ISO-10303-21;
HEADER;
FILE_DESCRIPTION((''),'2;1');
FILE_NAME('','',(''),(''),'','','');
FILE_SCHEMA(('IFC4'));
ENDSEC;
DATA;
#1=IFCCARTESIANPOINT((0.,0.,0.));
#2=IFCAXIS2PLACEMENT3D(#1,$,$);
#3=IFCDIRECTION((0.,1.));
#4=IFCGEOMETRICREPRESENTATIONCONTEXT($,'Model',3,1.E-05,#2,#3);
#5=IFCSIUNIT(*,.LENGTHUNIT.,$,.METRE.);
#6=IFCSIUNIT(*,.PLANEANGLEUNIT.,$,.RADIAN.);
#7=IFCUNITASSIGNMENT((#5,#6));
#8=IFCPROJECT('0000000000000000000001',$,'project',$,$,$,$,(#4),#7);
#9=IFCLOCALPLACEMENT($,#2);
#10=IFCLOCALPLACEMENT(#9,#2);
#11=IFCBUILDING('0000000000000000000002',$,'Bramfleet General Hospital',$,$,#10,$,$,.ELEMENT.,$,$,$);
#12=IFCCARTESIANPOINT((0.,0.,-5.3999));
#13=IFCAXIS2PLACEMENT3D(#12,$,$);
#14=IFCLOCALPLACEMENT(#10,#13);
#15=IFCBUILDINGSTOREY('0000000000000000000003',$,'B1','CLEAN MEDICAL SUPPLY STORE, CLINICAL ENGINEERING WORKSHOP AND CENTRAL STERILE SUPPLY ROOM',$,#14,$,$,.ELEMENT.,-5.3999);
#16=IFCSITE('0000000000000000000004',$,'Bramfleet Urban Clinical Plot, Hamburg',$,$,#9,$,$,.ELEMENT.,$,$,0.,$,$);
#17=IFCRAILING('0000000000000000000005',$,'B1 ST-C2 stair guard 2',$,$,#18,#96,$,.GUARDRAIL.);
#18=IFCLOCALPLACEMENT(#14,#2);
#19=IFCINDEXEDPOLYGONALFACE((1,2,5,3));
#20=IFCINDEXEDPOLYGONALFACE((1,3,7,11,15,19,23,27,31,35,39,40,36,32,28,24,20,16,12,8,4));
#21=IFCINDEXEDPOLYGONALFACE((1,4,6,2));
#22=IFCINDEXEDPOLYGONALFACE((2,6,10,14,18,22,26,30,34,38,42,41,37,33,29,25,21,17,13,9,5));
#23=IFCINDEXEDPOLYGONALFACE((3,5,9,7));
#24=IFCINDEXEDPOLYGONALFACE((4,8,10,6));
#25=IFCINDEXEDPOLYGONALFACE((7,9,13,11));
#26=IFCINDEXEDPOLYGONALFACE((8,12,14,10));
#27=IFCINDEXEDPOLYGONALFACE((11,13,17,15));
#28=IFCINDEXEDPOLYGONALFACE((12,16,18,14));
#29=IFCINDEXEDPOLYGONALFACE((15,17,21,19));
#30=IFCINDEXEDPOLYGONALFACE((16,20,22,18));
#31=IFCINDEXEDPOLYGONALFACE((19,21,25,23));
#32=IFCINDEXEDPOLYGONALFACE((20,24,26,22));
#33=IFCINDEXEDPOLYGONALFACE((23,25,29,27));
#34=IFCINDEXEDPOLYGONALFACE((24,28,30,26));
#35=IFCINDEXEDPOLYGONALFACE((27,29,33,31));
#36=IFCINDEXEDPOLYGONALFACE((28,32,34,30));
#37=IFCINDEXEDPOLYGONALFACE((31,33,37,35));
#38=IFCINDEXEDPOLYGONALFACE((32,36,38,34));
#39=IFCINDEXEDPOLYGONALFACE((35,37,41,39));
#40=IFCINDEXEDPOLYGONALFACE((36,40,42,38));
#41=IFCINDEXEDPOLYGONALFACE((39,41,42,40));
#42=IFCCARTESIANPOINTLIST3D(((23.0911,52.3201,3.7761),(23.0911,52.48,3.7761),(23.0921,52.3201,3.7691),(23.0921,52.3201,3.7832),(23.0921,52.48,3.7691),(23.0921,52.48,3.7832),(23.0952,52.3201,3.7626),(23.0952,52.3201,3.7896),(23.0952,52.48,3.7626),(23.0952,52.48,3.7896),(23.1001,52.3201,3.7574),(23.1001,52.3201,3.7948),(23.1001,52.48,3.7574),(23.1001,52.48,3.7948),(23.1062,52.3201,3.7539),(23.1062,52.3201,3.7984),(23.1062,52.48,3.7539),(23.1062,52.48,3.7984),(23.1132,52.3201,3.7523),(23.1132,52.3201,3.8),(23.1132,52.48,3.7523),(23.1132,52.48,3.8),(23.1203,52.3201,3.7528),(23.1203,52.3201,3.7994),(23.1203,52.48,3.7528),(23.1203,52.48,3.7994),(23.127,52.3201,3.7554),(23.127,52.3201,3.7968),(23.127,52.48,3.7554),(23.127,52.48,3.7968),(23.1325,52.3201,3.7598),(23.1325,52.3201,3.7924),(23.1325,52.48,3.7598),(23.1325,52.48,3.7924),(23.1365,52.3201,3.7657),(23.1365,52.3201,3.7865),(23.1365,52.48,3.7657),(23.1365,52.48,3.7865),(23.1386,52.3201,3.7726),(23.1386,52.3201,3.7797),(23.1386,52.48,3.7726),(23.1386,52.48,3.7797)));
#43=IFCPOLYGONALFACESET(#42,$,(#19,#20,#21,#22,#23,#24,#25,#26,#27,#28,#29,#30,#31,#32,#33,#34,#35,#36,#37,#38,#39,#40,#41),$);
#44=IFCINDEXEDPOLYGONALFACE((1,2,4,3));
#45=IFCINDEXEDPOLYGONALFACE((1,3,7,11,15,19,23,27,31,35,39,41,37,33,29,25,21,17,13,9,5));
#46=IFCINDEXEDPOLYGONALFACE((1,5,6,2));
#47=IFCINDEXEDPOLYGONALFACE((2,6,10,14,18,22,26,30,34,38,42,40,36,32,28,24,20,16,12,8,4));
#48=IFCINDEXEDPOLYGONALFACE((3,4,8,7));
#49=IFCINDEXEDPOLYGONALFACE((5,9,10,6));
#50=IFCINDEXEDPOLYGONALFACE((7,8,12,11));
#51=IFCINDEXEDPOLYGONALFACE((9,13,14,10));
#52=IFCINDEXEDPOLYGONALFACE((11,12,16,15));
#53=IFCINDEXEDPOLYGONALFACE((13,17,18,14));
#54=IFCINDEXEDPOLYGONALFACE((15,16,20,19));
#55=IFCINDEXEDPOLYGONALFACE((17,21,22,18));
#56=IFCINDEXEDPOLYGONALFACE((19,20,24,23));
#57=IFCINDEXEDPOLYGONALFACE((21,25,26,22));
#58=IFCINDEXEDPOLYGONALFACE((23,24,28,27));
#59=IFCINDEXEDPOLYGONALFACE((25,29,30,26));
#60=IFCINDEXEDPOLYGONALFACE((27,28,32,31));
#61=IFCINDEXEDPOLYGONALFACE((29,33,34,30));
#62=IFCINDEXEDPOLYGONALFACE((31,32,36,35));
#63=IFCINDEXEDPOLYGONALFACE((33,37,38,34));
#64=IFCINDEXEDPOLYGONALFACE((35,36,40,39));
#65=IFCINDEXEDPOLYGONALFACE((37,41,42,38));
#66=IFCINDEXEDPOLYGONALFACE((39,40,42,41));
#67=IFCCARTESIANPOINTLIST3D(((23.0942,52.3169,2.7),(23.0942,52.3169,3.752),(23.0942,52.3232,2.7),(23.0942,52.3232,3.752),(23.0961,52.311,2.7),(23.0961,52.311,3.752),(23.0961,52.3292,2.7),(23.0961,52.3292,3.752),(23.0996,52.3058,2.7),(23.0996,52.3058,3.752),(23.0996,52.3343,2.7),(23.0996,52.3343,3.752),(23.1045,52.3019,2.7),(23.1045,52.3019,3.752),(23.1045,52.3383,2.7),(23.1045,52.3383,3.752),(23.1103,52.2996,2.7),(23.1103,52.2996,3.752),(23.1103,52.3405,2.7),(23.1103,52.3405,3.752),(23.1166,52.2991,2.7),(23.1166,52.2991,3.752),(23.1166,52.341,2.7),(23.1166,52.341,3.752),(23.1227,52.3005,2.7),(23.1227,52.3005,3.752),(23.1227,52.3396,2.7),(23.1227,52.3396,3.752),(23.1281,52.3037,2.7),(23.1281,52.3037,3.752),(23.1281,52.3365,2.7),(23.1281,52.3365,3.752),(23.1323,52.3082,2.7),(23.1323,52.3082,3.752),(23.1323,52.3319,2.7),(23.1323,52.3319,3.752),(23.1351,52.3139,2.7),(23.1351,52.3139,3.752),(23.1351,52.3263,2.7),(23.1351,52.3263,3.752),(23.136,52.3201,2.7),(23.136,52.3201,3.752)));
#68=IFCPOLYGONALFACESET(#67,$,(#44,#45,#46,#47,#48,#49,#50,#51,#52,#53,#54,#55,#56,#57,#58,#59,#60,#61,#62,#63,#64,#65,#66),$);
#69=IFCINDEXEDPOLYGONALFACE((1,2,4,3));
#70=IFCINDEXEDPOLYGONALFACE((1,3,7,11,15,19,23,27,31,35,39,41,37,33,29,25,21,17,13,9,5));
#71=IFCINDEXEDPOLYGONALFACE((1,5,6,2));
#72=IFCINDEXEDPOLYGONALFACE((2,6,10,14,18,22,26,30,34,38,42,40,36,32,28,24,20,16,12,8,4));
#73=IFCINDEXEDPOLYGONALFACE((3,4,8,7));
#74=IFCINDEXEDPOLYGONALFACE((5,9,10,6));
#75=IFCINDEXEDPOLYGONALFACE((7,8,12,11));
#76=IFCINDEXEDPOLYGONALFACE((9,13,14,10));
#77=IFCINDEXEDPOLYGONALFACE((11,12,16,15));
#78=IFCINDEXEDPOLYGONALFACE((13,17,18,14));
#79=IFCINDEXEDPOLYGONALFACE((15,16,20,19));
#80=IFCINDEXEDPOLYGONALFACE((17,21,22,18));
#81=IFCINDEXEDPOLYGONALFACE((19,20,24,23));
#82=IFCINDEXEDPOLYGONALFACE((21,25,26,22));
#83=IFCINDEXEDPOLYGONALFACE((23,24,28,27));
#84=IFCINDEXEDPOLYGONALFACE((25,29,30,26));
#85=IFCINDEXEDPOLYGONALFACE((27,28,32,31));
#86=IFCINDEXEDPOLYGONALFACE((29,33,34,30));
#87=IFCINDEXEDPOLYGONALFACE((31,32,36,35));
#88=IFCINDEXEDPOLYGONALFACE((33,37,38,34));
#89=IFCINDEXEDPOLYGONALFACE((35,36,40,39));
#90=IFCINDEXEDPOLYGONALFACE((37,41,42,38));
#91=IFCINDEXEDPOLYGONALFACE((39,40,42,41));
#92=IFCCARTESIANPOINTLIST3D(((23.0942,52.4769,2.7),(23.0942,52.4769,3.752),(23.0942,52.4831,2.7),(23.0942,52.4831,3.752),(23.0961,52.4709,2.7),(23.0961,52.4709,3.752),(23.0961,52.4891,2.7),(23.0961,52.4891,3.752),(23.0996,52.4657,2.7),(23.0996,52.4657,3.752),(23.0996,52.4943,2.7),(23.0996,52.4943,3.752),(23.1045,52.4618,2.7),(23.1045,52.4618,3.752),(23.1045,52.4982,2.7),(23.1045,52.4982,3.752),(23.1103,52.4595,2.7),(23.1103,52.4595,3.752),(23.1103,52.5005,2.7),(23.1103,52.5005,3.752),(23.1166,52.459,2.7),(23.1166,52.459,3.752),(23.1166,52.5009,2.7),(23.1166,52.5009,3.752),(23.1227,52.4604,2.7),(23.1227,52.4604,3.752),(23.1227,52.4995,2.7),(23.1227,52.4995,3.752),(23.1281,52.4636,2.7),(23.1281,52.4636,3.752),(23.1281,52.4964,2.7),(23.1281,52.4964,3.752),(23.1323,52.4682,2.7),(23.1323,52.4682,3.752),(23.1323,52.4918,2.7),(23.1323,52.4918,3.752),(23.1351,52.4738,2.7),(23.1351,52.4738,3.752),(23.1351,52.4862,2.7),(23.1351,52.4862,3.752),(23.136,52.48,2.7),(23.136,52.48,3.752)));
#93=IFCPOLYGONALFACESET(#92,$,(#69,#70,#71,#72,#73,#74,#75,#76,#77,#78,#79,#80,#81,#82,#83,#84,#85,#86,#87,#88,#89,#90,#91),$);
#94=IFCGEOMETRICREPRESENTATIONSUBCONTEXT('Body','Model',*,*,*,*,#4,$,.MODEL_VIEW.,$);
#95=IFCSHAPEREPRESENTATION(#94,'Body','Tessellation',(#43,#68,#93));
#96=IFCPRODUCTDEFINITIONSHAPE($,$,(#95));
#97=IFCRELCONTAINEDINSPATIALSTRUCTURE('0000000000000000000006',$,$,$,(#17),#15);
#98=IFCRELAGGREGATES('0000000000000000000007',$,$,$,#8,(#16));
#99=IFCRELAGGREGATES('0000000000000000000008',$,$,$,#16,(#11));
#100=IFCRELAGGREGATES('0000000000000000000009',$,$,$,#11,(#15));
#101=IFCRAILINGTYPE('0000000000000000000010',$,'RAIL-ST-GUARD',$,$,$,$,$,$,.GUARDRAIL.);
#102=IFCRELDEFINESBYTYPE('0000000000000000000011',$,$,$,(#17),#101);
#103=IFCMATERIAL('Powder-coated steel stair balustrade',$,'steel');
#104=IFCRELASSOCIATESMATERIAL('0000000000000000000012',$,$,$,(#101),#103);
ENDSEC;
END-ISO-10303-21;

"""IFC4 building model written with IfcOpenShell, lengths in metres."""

from ifc_helpers import new_model, si_unit, direction, frame, origin, origin_2d, place, context, subcontext, project, spatial, circle, extrude, material, type_object, element, save


model = new_model("IFC4")

# Units and contexts
model_context = context("Model", 3, precision=1e-05, world=origin(), true_north=direction((0.0, 1.0)))
body_context = subcontext(model_context, "Body", "Model", "MODEL_VIEW")
ifc_project = project(units=[si_unit("LENGTHUNIT", "METRE"), si_unit("PLANEANGLEUNIT", "RADIAN")], contexts=[model_context])

# Site, building, storey
site_placement = place(None, origin())
site = spatial("IfcSite", under=ifc_project, at=site_placement, Name="Bramfleet Urban Clinical Plot, Hamburg", CompositionType="ELEMENT", RefElevation=0.0)
building_placement = place(site_placement, origin())
building = spatial("IfcBuilding", under=site, at=building_placement, Name="Bramfleet General Hospital", CompositionType="ELEMENT")
storey_placement = place(building_placement, frame((0.0, 0.0, -5.3999)))
storey = spatial("IfcBuildingStorey", under=building, at=storey_placement, Name="B1", Description="CLEAN MEDICAL SUPPLY STORE, CLINICAL ENGINEERING WORKSHOP AND CENTRAL STERILE SUPPLY ROOM", CompositionType="ELEMENT", Elevation=-5.3999)

# Railing
ifc_material_1 = material(Name="Powder-coated steel stair balustrade", Category="steel")
railing_type_1 = type_object("IfcRailingType", Name="RAIL-ST-GUARD", PredefinedType="GUARDRAIL", material=ifc_material_1)
railing_1_placement = place(storey_placement, frame((23.115, 52.3201, 2.7)))
element("IfcRailing", 1, at=railing_1_placement, inside=storey, type_object=railing_type_1, Name="B1 ST-C2 stair guard 2", PredefinedType="GUARDRAIL", context=body_context, shape_type="SweptSolid", body=[
    extrude(circle(Radius=0.0239, at=origin_2d()), frame((0.0, 0.0, 1.0762), z_axis=(0.0, 1.0, 0.0), x_axis=(-1.0, 0.0, 0.0)), (0.0, 0.0, 1.0), 0.1599),
    extrude(circle(Radius=0.021, at=origin_2d()), origin(), (0.0, 0.0, 1.0), 1.052),
    extrude(circle(Radius=0.021, at=origin_2d()), frame((0.0, 0.1599, 0.0)), (0.0, 0.0, 1.0), 1.052),
])

save(model, "model.ifc")
